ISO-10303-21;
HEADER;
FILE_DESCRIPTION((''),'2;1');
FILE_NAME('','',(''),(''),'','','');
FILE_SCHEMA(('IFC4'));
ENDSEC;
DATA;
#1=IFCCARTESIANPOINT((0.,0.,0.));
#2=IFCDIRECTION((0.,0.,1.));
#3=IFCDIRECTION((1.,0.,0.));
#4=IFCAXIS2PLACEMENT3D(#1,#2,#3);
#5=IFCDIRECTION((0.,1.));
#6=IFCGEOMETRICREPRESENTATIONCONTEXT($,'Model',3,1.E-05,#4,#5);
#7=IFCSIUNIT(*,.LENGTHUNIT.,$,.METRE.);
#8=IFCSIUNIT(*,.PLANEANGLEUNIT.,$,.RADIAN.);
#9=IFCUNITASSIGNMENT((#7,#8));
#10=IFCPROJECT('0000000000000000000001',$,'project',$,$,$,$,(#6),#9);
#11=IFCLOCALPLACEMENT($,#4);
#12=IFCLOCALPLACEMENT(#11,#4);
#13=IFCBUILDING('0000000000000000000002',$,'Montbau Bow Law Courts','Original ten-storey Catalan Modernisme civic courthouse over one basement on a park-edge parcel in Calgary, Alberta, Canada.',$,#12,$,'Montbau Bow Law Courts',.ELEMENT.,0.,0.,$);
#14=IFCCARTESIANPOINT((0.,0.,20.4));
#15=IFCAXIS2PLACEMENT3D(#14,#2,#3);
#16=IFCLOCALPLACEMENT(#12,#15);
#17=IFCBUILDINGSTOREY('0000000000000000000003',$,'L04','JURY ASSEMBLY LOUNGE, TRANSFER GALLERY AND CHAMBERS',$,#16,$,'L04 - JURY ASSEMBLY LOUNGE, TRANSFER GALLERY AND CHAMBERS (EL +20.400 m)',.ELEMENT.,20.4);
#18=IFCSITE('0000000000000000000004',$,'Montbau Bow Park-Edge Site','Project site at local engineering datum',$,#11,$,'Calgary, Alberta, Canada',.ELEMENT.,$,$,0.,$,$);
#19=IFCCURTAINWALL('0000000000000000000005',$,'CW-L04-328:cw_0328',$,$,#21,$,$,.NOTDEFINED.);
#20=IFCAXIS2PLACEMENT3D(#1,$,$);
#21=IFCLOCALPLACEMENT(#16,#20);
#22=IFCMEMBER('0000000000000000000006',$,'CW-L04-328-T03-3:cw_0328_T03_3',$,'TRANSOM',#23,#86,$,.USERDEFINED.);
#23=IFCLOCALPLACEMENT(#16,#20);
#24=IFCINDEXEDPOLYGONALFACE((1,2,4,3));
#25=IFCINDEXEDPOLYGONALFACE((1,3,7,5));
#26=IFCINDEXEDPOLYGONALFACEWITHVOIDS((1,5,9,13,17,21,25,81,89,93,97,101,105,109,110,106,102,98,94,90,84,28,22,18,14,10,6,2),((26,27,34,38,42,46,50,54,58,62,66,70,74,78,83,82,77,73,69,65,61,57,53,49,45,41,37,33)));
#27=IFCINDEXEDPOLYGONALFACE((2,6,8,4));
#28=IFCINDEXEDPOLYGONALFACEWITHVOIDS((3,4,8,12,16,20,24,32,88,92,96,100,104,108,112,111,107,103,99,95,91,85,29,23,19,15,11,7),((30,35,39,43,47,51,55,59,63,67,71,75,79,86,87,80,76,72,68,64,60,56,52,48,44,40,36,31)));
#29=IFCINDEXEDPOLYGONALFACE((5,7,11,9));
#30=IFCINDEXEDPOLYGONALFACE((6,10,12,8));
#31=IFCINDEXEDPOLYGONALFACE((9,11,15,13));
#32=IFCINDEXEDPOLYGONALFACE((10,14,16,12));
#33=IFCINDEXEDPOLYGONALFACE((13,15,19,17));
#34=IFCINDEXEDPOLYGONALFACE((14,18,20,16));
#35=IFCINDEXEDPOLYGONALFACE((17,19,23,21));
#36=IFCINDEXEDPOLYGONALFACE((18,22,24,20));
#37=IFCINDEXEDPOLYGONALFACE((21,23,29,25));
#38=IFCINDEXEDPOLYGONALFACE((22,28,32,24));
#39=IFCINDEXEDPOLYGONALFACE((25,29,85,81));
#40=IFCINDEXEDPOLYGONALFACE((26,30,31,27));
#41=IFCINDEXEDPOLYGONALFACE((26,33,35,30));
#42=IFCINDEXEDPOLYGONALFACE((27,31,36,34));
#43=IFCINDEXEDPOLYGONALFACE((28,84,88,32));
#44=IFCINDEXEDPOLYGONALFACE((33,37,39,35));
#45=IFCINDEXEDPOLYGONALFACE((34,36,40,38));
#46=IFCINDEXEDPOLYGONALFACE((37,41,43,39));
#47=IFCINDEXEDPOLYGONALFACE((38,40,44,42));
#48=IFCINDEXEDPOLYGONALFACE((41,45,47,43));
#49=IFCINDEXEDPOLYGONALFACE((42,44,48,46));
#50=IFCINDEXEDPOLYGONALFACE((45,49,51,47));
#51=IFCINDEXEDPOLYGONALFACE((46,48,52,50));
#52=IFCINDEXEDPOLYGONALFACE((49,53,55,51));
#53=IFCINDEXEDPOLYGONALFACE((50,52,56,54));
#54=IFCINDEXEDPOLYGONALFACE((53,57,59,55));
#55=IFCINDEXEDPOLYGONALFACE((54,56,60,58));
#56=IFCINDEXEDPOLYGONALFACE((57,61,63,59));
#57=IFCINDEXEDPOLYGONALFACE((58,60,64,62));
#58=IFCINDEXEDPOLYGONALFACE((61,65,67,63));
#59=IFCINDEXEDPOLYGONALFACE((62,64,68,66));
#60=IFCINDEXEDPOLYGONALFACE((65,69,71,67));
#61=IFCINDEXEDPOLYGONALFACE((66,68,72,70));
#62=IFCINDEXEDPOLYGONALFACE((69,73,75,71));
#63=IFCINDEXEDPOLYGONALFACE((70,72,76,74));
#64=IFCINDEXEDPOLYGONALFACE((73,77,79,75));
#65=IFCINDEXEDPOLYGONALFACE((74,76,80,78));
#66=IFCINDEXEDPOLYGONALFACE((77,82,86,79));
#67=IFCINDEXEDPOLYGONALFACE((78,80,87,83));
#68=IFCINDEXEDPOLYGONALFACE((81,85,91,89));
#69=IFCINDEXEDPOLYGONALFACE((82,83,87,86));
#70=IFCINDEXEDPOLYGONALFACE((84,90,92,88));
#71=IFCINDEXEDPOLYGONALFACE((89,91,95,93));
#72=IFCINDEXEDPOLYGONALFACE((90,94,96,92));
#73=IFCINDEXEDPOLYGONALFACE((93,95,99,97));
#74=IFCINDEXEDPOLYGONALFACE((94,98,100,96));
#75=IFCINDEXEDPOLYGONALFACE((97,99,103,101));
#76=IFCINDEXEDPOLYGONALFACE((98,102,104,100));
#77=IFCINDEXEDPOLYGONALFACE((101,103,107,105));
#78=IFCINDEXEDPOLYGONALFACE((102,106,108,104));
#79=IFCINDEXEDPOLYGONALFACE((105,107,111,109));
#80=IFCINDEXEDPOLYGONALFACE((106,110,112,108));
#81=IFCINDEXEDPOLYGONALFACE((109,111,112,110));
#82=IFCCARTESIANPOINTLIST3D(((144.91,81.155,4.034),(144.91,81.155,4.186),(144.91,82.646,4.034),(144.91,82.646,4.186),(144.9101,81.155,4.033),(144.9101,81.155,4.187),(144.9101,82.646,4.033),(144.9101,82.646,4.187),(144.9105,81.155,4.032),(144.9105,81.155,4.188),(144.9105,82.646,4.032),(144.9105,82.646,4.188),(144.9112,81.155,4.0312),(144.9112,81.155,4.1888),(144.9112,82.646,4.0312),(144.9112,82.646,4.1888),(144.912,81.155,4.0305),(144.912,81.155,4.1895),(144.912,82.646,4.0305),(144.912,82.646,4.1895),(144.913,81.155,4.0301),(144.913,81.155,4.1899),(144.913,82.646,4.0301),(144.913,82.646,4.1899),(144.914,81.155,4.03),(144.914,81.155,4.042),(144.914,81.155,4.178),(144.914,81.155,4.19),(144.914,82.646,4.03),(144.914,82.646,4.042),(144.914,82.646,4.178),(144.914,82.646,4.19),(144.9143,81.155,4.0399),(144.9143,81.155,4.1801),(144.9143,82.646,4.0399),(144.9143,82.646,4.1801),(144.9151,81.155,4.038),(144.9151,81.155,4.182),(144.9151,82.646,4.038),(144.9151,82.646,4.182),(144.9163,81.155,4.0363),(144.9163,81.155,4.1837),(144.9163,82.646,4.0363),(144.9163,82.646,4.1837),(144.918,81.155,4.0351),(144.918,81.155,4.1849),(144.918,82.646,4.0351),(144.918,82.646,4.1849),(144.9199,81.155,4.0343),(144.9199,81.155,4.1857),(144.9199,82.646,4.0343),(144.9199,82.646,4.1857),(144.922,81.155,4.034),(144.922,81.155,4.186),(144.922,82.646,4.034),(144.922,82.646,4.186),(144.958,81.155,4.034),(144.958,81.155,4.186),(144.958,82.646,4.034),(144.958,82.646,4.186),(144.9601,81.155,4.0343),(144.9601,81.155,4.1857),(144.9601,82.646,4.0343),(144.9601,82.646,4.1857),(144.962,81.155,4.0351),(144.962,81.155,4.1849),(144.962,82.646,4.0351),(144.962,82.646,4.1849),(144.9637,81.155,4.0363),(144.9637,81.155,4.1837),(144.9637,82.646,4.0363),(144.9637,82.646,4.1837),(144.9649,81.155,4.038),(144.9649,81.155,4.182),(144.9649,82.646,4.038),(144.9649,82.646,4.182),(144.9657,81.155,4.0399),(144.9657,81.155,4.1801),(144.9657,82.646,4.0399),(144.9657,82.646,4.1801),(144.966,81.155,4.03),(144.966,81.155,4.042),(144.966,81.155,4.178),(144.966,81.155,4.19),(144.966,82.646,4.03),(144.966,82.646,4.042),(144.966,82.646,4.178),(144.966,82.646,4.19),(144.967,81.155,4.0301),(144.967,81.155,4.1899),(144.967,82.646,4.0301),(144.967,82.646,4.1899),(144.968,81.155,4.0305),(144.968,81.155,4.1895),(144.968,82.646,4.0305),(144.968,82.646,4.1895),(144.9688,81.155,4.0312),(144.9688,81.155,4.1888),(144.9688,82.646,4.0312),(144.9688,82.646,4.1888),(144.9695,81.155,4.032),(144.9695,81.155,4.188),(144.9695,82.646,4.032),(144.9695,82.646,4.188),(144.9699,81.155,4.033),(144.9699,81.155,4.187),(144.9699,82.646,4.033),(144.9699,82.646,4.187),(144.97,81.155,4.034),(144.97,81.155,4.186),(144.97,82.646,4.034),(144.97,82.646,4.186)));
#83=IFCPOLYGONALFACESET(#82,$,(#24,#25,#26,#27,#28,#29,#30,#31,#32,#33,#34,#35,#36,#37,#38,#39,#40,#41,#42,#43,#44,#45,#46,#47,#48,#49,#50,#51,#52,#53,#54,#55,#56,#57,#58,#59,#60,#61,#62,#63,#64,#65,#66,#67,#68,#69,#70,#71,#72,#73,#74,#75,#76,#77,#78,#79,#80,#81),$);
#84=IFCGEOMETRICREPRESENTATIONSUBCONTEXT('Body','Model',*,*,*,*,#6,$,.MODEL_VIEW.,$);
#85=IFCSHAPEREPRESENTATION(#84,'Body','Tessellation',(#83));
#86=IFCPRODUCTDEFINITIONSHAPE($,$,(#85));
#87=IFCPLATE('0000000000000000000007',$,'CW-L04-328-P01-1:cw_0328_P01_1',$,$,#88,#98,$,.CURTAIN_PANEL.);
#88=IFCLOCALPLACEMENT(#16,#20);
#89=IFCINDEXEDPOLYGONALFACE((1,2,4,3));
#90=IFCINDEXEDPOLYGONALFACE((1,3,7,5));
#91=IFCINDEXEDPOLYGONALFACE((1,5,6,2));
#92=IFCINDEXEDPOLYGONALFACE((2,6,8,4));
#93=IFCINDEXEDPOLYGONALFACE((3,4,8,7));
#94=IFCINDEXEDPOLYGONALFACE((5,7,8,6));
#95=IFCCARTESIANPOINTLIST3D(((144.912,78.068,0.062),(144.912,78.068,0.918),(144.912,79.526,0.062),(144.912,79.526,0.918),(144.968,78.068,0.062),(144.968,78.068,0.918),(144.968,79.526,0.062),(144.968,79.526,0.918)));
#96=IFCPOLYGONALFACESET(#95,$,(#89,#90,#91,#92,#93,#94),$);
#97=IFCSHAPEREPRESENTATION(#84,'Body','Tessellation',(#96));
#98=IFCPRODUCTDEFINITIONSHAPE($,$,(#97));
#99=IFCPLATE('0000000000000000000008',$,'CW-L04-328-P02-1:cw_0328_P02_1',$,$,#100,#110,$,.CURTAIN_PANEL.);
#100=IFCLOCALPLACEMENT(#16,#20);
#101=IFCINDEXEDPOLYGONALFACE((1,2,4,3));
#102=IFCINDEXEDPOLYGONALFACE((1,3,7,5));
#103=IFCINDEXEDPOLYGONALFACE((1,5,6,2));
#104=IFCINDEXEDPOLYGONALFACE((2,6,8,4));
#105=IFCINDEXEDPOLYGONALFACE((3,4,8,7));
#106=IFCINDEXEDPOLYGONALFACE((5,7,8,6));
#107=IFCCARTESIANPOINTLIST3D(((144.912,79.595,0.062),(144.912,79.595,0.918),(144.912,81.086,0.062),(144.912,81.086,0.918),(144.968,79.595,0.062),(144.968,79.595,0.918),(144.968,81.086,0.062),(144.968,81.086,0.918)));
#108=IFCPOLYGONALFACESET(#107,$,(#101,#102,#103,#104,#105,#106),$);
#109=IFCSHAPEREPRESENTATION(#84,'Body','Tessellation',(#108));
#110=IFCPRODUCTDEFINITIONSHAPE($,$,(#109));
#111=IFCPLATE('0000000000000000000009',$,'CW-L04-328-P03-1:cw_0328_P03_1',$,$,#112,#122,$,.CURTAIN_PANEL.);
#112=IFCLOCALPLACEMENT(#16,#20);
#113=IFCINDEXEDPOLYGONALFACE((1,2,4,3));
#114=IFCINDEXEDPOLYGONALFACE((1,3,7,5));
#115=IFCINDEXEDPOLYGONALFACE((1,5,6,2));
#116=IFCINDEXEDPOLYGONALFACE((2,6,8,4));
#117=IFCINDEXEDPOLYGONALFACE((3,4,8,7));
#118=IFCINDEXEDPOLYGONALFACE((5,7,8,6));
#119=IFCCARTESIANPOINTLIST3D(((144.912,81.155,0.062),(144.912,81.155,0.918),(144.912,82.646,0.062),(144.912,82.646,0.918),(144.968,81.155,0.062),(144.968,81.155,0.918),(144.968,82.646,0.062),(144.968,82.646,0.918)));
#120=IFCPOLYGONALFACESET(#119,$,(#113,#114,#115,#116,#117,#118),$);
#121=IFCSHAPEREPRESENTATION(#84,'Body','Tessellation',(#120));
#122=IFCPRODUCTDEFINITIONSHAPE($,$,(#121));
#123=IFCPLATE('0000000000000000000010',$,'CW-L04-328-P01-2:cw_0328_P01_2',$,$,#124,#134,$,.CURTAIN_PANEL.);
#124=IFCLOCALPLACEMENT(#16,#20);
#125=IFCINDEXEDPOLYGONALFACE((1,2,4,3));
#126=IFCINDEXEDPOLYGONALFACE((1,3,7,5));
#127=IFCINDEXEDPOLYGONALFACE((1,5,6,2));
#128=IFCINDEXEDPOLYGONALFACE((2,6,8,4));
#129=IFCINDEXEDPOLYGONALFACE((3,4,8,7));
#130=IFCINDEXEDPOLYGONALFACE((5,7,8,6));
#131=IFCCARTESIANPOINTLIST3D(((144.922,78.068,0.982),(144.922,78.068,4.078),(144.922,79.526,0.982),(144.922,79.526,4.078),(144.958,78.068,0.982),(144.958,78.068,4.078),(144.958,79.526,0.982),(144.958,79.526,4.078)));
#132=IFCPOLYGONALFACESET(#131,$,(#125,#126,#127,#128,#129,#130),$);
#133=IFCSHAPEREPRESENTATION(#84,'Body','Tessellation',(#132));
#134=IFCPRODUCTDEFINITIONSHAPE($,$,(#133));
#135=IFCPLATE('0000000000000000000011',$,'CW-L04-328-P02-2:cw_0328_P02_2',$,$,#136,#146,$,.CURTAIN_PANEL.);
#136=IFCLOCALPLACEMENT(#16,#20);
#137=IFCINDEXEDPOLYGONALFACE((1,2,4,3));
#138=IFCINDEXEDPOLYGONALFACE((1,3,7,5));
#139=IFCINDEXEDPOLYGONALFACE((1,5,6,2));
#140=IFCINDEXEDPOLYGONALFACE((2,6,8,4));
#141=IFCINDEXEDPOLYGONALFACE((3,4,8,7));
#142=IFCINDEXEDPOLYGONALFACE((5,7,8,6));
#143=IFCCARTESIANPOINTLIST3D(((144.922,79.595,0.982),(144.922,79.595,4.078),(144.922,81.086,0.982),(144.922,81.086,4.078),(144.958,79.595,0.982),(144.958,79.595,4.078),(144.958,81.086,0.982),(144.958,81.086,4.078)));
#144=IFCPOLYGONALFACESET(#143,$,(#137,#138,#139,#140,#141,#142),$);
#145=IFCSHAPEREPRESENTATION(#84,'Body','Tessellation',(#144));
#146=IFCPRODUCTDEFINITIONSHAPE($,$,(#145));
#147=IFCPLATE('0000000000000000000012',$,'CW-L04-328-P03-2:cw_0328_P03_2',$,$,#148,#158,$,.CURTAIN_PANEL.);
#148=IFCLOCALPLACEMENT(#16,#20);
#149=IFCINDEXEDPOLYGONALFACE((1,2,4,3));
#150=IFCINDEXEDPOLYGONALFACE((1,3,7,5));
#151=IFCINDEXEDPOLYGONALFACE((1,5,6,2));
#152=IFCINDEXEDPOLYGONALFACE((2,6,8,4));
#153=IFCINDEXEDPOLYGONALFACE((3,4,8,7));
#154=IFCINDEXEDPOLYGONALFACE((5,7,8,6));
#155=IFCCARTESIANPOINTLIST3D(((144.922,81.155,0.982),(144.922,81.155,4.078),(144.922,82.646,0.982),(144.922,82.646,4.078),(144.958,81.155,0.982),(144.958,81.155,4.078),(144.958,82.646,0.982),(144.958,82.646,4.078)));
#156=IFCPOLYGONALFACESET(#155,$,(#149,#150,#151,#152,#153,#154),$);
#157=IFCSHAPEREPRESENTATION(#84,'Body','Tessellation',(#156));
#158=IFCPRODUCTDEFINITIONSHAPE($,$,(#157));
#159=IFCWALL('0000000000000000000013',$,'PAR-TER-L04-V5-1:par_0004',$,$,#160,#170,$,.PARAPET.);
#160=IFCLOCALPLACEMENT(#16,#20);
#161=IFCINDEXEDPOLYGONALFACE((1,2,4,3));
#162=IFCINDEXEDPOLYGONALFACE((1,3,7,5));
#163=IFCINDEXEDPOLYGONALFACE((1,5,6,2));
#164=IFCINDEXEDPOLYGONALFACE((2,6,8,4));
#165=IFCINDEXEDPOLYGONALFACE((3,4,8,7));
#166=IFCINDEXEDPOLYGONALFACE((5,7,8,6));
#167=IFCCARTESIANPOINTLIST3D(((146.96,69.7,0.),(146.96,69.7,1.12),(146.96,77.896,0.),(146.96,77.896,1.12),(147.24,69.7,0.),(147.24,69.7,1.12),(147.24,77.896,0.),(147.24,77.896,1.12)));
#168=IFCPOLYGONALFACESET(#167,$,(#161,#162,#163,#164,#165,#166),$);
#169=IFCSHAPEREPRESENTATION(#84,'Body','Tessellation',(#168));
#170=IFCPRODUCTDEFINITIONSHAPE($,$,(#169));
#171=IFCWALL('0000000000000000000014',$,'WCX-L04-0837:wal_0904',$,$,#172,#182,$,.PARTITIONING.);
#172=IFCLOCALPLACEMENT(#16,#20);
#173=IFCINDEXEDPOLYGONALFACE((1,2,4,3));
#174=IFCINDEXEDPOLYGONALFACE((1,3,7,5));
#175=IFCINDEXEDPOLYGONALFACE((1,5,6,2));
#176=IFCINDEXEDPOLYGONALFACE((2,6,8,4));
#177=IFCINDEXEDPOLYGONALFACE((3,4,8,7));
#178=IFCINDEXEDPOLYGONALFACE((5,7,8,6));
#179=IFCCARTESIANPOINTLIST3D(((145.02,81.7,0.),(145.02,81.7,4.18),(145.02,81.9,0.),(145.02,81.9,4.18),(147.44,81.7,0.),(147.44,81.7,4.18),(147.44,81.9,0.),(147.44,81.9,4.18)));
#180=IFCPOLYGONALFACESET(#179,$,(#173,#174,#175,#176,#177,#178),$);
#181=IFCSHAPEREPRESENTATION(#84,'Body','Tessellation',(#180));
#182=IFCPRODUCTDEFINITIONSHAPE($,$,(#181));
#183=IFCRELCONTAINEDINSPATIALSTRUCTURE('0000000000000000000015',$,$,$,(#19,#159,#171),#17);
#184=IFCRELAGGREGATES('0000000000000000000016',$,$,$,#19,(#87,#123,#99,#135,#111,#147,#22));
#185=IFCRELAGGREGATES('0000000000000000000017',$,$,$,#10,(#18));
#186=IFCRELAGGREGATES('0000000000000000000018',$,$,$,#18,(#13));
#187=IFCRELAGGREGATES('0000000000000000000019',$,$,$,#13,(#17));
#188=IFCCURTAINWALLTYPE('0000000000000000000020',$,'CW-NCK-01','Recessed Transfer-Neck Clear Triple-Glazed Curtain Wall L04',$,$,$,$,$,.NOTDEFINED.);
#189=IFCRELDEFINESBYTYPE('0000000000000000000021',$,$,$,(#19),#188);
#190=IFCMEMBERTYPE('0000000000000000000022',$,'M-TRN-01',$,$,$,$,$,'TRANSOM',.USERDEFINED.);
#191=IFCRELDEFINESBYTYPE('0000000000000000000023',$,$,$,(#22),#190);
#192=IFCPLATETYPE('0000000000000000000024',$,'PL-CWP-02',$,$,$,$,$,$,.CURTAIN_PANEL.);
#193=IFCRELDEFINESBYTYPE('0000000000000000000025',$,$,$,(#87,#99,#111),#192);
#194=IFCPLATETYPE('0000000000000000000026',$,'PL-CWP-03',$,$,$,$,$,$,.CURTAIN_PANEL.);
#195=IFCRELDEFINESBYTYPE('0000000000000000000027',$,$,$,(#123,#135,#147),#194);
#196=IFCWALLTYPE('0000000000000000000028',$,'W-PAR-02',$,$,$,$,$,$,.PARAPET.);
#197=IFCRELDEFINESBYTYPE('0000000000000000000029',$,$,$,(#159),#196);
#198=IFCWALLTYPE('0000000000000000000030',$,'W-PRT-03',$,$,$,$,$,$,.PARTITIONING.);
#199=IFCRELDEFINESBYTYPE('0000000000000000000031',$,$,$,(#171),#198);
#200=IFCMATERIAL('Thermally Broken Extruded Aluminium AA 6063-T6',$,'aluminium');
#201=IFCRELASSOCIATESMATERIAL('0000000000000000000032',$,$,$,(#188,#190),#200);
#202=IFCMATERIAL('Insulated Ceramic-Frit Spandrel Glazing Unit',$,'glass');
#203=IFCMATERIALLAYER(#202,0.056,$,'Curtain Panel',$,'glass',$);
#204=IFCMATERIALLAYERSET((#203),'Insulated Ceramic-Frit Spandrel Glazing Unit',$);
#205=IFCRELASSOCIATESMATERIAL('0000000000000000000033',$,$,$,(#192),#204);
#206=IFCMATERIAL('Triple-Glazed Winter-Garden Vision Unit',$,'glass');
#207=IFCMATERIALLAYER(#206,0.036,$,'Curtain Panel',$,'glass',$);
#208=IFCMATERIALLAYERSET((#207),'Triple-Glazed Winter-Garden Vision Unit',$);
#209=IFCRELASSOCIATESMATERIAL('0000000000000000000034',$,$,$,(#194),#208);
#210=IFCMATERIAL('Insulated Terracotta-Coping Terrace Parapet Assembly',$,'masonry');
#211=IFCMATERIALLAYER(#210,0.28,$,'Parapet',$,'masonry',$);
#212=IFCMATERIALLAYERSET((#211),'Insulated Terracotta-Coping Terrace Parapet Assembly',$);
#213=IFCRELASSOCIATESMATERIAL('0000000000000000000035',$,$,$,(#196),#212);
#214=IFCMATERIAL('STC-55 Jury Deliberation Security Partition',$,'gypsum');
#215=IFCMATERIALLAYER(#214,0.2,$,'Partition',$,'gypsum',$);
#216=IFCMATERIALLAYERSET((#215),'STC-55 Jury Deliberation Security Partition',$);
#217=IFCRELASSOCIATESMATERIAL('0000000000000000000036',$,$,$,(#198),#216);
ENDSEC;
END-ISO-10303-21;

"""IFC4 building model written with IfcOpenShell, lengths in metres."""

from ifc_helpers import new_model, si_unit, direction, frame, frame_2d, origin_with_axes, origin_2d_with_axis, place, context, subcontext, project, spatial, rectangle, hollow_rectangle, extrude, material, layer, layer_set, material_profile, profile_set, type_object, element, aggregate, save


model = new_model("IFC4")

# Units and contexts
model_context = context("Model", 3, precision=1e-05, world=origin_with_axes(), true_north=direction((0.0, 1.0)))
body_context = subcontext(model_context, "Body", "Model", "MODEL_VIEW")
ifc_project = project(units=[si_unit("LENGTHUNIT", "METRE"), si_unit("PLANEANGLEUNIT", "RADIAN")], contexts=[model_context])

# Site, building, storey
site_placement = place(None, origin_with_axes())
site = spatial("IfcSite", under=ifc_project, at=site_placement, Name="Montbau Bow Park-Edge Site", Description="Project site at local engineering datum", LongName="Calgary, Alberta, Canada", CompositionType="ELEMENT", RefElevation=0.0)
building_placement = place(site_placement, origin_with_axes())
building = spatial("IfcBuilding", under=site, at=building_placement, Name="Montbau Bow Law Courts", Description="Original ten-storey Catalan Modernisme civic courthouse over one basement on a park-edge parcel in Calgary, Alberta, Canada.", LongName="Montbau Bow Law Courts", CompositionType="ELEMENT", ElevationOfRefHeight=0.0, ElevationOfTerrain=0.0)
storey_placement = place(building_placement, frame((0.0, 0.0, 20.4), z_axis=(0.0, 0.0, 1.0), x_axis=(1.0, 0.0, 0.0)))
storey = spatial("IfcBuildingStorey", under=building, at=storey_placement, Name="L04", Description="JURY ASSEMBLY LOUNGE, TRANSFER GALLERY AND CHAMBERS", LongName="L04 - JURY ASSEMBLY LOUNGE, TRANSFER GALLERY AND CHAMBERS (EL +20.400 m)", CompositionType="ELEMENT", Elevation=20.4)

# Curtain wall, member, plates
ifc_material_1 = material(Name="Thermally Broken Extruded Aluminium AA 6063-T6", Category="aluminium")
curtain_wall_type = type_object("IfcCurtainWallType", Name="CW-NCK-01", Description="Recessed Transfer-Neck Clear Triple-Glazed Curtain Wall L04", PredefinedType="NOTDEFINED", material=ifc_material_1)
curtain_wall_placement = place(None, frame((144.94, 78.0, 20.4), z_axis=(0.0, 0.0, 1.0), x_axis=(1.0, 0.0, 0.0)))
curtain_wall = element("IfcCurtainWall", 1, at=curtain_wall_placement, inside=storey, type_object=curtain_wall_type, Name="CW-L04-328:cw_0328", PredefinedType="NOTDEFINED")
ifc_material_profile_1 = material_profile(ifc_material_1, hollow_rectangle(XDim=0.06, YDim=0.16, WallThickness=0.004, InnerFilletRadius=0.008, OuterFilletRadius=0.004, at=origin_2d_with_axis()), Name="CWT-160X60", Category="Main", Priority=0)
ifc_profile_set_1 = profile_set([ifc_material_profile_1], Name="Thermally Broken Extruded Aluminium AA 6063-T6")
member_type_1 = type_object("IfcMemberType", Name="M-TRN-01", ElementType="TRANSOM", PredefinedType="USERDEFINED", material=ifc_profile_set_1)
member_1_placement = place(None, frame((144.94, 81.155, 24.51), z_axis=(0.0, 1.0, 0.0), x_axis=(-1.0, 0.0, 0.0)))
member_1 = element("IfcMember", 2, at=member_1_placement, type_object=member_type_1, Name="CW-L04-328-T03-3:cw_0328_T03_3", ObjectType="TRANSOM", PredefinedType="USERDEFINED", context=body_context, shape_type="SweptSolid", body=[
    extrude(hollow_rectangle(XDim=0.06, YDim=0.16, WallThickness=0.004, InnerFilletRadius=0.008, OuterFilletRadius=0.004, at=origin_2d_with_axis()), origin_with_axes(), (0.0, 0.0, 1.0), 1.491),
])
ifc_material_2 = material(Name="Insulated Ceramic-Frit Spandrel Glazing Unit", Category="glass")
ifc_layer_1 = layer(ifc_material_2, 0.056, Name="Curtain Panel", Category="glass")
ifc_layer_set_1 = layer_set([ifc_layer_1], Name="Insulated Ceramic-Frit Spandrel Glazing Unit")
plate_type_1 = type_object("IfcPlateType", Name="PL-CWP-02", PredefinedType="CURTAIN_PANEL", material=ifc_layer_set_1)
plate_1_placement = place(None, frame((144.94, 78.068, 20.462), z_axis=(1.0, 0.0, 0.0), x_axis=(0.0, 1.0, 0.0)))
plate_1 = element("IfcPlate", 3, at=plate_1_placement, type_object=plate_type_1, Name="CW-L04-328-P01-1:cw_0328_P01_1", PredefinedType="CURTAIN_PANEL", context=body_context, shape_type="SweptSolid", body=[
    extrude(rectangle(XDim=1.458, YDim=0.856, at=frame_2d((0.729, 0.428), x_axis=(1.0, 0.0))), frame((0.0, 0.0, -0.028), z_axis=(0.0, 0.0, 1.0), x_axis=(1.0, 0.0, 0.0)), (0.0, 0.0, 1.0), 0.056),
])
plate_2_placement = place(None, frame((144.94, 79.595, 20.462), z_axis=(1.0, 0.0, 0.0), x_axis=(0.0, 1.0, 0.0)))
plate_2 = element("IfcPlate", 4, at=plate_2_placement, type_object=plate_type_1, Name="CW-L04-328-P02-1:cw_0328_P02_1", PredefinedType="CURTAIN_PANEL", context=body_context, shape_type="SweptSolid", body=[
    extrude(rectangle(XDim=1.491, YDim=0.856, at=frame_2d((0.7455, 0.428), x_axis=(1.0, 0.0))), frame((0.0, 0.0, -0.028), z_axis=(0.0, 0.0, 1.0), x_axis=(1.0, 0.0, 0.0)), (0.0, 0.0, 1.0), 0.056),
])
plate_3_placement = place(None, frame((144.94, 81.155, 20.462), z_axis=(1.0, 0.0, 0.0), x_axis=(0.0, 1.0, 0.0)))
plate_3 = element("IfcPlate", 5, at=plate_3_placement, type_object=plate_type_1, Name="CW-L04-328-P03-1:cw_0328_P03_1", PredefinedType="CURTAIN_PANEL", context=body_context, shape_type="SweptSolid", body=[
    extrude(rectangle(XDim=1.491, YDim=0.856, at=frame_2d((0.7455, 0.428), x_axis=(1.0, 0.0))), frame((0.0, 0.0, -0.028), z_axis=(0.0, 0.0, 1.0), x_axis=(1.0, 0.0, 0.0)), (0.0, 0.0, 1.0), 0.056),
])
ifc_material_3 = material(Name="Triple-Glazed Winter-Garden Vision Unit", Category="glass")
ifc_layer_2 = layer(ifc_material_3, 0.036, Name="Curtain Panel", Category="glass")
ifc_layer_set_2 = layer_set([ifc_layer_2], Name="Triple-Glazed Winter-Garden Vision Unit")
plate_type_2 = type_object("IfcPlateType", Name="PL-CWP-03", PredefinedType="CURTAIN_PANEL", material=ifc_layer_set_2)
plate_4_placement = place(None, frame((144.94, 78.068, 21.382), z_axis=(1.0, 0.0, 0.0), x_axis=(0.0, 1.0, 0.0)))
plate_4 = element("IfcPlate", 6, at=plate_4_placement, type_object=plate_type_2, Name="CW-L04-328-P01-2:cw_0328_P01_2", PredefinedType="CURTAIN_PANEL", context=body_context, shape_type="SweptSolid", body=[
    extrude(rectangle(XDim=1.458, YDim=3.096, at=frame_2d((0.729, 1.548), x_axis=(1.0, 0.0))), frame((0.0, 0.0, -0.018), z_axis=(0.0, 0.0, 1.0), x_axis=(1.0, 0.0, 0.0)), (0.0, 0.0, 1.0), 0.036),
])
plate_5_placement = place(None, frame((144.94, 79.595, 21.382), z_axis=(1.0, 0.0, 0.0), x_axis=(0.0, 1.0, 0.0)))
plate_5 = element("IfcPlate", 7, at=plate_5_placement, type_object=plate_type_2, Name="CW-L04-328-P02-2:cw_0328_P02_2", PredefinedType="CURTAIN_PANEL", context=body_context, shape_type="SweptSolid", body=[
    extrude(rectangle(XDim=1.491, YDim=3.096, at=frame_2d((0.7455, 1.548), x_axis=(1.0, 0.0))), frame((0.0, 0.0, -0.018), z_axis=(0.0, 0.0, 1.0), x_axis=(1.0, 0.0, 0.0)), (0.0, 0.0, 1.0), 0.036),
])
plate_6_placement = place(None, frame((144.94, 81.155, 21.382), z_axis=(1.0, 0.0, 0.0), x_axis=(0.0, 1.0, 0.0)))
plate_6 = element("IfcPlate", 8, at=plate_6_placement, type_object=plate_type_2, Name="CW-L04-328-P03-2:cw_0328_P03_2", PredefinedType="CURTAIN_PANEL", context=body_context, shape_type="SweptSolid", body=[
    extrude(rectangle(XDim=1.491, YDim=3.096, at=frame_2d((0.7455, 1.548), x_axis=(1.0, 0.0))), frame((0.0, 0.0, -0.018), z_axis=(0.0, 0.0, 1.0), x_axis=(1.0, 0.0, 0.0)), (0.0, 0.0, 1.0), 0.036),
])
aggregate(curtain_wall, [plate_1, plate_4, plate_2, plate_5, plate_3, plate_6, member_1])

# Walls
ifc_material_4 = material(Name="Insulated Terracotta-Coping Terrace Parapet Assembly", Category="masonry")
ifc_layer_3 = layer(ifc_material_4, 0.28, Name="Parapet", Category="masonry")
ifc_layer_set_3 = layer_set([ifc_layer_3], Name="Insulated Terracotta-Coping Terrace Parapet Assembly")
wall_type_1 = type_object("IfcWallType", Name="W-PAR-02", PredefinedType="PARAPET", material=ifc_layer_set_3)
wall_1_placement = place(None, frame((147.1, 69.7, 20.4), z_axis=(0.0, 0.0, 1.0), x_axis=(0.0, 1.0, 0.0)))
element("IfcWall", 9, at=wall_1_placement, inside=storey, type_object=wall_type_1, Name="PAR-TER-L04-V5-1:par_0004", PredefinedType="PARAPET", context=body_context, shape_type="SweptSolid", body=[
    extrude(rectangle(XDim=8.196, YDim=0.28, at=frame_2d((4.098, 0.0), x_axis=(1.0, 0.0))), origin_with_axes(), (0.0, 0.0, 1.0), 1.12),
])
ifc_material_5 = material(Name="STC-55 Jury Deliberation Security Partition", Category="gypsum")
ifc_layer_4 = layer(ifc_material_5, 0.2, Name="Partition", Category="gypsum")
ifc_layer_set_4 = layer_set([ifc_layer_4], Name="STC-55 Jury Deliberation Security Partition")
wall_type_2 = type_object("IfcWallType", Name="W-PRT-03", PredefinedType="PARTITIONING", material=ifc_layer_set_4)
wall_2_placement = place(None, frame((145.02, 81.8, 20.4), z_axis=(0.0, 0.0, 1.0), x_axis=(1.0, 0.0, 0.0)))
element("IfcWall", 10, at=wall_2_placement, inside=storey, type_object=wall_type_2, Name="WCX-L04-0837:wal_0904", PredefinedType="PARTITIONING", context=body_context, shape_type="SweptSolid", body=[
    extrude(rectangle(XDim=2.42, YDim=0.2, at=frame_2d((1.21, 0.0), x_axis=(1.0, 0.0))), origin_with_axes(), (0.0, 0.0, 1.0), 4.18),
])

save(model, "model.ifc")
